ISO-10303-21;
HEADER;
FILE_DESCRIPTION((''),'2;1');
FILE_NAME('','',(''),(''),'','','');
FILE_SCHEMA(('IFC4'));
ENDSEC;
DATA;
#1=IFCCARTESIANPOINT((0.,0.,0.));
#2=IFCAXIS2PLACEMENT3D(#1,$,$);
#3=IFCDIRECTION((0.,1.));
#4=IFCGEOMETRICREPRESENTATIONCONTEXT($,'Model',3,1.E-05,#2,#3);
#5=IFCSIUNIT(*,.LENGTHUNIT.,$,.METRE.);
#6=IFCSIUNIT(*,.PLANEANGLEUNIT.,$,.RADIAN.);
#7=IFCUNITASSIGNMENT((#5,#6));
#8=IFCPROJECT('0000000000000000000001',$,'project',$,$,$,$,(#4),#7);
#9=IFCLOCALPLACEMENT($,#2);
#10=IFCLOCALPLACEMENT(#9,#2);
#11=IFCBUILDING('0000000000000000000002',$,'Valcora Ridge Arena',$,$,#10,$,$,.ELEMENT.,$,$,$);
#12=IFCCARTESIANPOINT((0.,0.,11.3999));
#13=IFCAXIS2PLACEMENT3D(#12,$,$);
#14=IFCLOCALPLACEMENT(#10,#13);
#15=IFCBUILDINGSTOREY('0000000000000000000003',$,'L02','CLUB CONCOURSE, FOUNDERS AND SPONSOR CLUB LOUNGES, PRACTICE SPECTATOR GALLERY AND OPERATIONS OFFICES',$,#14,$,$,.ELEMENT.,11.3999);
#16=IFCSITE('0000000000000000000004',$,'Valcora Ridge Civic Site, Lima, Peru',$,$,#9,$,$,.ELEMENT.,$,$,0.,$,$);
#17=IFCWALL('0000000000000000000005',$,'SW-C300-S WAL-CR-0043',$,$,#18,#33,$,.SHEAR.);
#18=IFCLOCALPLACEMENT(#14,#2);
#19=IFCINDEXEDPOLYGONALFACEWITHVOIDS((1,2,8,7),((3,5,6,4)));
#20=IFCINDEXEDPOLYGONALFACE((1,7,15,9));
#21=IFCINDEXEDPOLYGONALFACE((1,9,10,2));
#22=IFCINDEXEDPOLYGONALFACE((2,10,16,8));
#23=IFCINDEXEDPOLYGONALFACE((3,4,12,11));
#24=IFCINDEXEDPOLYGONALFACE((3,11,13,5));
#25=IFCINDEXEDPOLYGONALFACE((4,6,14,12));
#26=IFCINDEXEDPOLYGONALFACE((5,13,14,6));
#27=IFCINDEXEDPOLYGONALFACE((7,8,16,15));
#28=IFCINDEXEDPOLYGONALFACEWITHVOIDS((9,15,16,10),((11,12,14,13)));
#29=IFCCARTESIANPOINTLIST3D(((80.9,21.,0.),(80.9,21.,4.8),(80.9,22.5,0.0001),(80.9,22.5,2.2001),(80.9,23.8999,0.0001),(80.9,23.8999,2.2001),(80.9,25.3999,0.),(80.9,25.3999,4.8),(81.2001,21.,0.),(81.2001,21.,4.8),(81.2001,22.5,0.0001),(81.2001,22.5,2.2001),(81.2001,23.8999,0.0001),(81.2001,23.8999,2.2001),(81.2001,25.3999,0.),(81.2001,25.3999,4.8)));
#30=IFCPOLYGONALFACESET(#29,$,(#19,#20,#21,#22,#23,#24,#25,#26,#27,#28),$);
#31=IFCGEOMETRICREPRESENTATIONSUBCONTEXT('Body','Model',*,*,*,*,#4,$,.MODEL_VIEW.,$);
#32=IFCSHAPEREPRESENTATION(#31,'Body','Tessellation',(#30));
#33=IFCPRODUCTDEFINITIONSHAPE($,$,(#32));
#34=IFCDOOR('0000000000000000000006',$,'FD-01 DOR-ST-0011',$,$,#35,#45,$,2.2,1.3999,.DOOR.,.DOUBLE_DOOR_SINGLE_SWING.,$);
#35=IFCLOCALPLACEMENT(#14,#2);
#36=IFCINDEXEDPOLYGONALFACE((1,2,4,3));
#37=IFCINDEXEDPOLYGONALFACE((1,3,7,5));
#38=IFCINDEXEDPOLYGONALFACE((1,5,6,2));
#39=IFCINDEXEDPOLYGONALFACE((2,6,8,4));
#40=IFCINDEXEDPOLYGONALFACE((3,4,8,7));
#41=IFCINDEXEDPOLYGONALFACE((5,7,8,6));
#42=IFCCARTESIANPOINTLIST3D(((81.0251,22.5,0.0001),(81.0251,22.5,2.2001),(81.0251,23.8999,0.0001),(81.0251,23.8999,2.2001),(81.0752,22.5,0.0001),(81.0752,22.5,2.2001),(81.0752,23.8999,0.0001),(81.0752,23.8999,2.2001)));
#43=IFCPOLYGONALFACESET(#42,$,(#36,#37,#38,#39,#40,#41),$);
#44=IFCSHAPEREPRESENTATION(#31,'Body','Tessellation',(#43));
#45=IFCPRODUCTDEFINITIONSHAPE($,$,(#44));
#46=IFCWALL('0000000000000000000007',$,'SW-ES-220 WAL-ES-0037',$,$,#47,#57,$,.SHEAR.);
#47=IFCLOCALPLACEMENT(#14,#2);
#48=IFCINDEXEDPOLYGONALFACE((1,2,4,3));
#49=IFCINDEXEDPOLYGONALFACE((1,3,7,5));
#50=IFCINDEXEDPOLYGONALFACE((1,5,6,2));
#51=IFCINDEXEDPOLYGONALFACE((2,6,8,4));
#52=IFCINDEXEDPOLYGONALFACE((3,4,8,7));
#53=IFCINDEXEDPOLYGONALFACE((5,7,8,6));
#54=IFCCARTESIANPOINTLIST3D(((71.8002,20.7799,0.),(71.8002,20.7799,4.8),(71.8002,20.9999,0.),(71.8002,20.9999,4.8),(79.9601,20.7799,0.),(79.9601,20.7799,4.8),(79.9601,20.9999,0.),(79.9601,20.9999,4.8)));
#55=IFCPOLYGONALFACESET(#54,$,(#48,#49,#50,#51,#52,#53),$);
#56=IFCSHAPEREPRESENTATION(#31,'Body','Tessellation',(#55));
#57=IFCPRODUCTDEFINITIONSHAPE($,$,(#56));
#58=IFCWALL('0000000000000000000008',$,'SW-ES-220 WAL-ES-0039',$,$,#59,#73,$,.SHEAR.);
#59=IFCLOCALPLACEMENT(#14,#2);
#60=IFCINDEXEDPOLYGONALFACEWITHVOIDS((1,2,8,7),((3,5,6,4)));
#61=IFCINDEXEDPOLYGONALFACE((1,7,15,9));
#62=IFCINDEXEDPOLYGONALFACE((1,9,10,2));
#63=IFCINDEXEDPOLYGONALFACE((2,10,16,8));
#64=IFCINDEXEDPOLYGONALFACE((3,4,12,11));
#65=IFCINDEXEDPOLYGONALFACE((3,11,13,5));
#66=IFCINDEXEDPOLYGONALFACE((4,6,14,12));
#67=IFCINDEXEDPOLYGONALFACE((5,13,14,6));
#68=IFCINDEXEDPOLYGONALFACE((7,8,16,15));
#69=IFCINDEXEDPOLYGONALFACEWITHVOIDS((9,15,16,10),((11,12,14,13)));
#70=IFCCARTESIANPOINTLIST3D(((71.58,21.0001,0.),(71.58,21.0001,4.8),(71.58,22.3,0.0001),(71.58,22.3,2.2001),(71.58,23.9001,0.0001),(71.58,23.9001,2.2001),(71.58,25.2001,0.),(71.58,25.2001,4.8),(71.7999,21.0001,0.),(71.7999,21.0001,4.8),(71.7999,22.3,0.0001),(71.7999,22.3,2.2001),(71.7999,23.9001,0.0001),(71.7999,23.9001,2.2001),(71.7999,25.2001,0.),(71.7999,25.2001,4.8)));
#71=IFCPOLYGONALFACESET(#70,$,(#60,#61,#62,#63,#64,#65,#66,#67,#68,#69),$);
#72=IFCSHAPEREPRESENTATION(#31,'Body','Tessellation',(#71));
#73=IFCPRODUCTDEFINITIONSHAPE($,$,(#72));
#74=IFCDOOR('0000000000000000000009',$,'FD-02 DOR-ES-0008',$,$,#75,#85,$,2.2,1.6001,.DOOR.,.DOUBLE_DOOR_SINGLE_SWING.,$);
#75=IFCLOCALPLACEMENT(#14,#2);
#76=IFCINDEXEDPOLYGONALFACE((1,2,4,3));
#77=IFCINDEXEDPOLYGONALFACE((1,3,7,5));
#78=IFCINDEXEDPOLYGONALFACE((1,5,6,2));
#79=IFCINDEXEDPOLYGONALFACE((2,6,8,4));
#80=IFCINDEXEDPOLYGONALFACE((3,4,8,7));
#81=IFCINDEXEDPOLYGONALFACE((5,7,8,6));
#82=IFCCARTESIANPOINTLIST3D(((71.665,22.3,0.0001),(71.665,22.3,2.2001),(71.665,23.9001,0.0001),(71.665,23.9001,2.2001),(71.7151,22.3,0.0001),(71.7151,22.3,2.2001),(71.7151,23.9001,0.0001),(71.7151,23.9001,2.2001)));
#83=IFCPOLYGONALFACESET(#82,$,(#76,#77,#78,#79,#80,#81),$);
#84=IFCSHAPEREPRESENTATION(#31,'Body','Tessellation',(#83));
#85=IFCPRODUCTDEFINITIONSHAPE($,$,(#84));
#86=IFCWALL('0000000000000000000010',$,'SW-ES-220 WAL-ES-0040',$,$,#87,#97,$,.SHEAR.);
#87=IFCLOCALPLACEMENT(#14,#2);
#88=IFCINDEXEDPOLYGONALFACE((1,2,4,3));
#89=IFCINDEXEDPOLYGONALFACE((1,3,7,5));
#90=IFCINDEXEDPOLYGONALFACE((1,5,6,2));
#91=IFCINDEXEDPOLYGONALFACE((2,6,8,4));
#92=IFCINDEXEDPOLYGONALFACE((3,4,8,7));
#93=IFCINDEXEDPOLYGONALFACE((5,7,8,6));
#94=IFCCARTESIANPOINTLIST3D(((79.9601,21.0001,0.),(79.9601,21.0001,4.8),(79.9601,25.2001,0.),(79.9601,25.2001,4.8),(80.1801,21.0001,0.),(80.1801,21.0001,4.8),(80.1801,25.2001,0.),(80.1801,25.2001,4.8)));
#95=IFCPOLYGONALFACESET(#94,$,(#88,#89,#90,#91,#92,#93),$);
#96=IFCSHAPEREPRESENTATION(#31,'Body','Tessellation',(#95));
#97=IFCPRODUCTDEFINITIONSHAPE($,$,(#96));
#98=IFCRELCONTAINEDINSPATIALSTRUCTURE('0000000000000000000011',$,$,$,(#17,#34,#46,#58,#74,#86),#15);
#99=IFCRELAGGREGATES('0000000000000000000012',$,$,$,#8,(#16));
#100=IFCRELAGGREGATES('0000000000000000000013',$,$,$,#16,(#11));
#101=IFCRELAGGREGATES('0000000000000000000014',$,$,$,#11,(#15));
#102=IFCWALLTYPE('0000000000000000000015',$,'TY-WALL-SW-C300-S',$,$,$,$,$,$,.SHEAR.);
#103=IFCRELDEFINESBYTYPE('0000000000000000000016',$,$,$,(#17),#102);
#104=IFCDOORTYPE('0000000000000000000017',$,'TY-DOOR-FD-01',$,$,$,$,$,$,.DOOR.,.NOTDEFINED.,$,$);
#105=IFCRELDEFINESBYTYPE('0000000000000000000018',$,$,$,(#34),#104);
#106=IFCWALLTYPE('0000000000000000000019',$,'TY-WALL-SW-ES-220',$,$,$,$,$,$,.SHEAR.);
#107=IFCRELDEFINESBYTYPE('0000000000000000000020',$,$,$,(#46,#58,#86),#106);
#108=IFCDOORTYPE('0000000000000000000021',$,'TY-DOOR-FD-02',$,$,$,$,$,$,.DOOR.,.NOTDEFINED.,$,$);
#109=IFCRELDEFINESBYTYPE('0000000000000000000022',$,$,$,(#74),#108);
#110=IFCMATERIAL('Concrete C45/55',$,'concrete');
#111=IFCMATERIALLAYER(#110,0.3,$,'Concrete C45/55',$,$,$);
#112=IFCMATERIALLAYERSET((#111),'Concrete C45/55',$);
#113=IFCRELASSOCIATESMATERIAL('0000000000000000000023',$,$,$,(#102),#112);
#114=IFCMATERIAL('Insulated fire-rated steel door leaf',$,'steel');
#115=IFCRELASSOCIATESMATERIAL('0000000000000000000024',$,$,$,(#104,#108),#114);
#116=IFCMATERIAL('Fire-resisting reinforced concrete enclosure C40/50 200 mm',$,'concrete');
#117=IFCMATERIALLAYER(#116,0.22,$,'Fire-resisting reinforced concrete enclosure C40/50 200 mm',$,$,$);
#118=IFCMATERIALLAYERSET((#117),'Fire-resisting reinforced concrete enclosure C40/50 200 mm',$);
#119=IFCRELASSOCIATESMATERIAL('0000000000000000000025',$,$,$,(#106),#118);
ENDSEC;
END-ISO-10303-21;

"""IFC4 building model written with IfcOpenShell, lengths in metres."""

from ifc_helpers import new_model, si_unit, direction, frame, frame_2d, origin, place, context, subcontext, project, spatial, rectangle, extrude, material, layer, layer_set, type_object, element, fill, save


model = new_model("IFC4")

# Units and contexts
model_context = context("Model", 3, precision=1e-05, world=origin(), true_north=direction((0.0, 1.0)))
body_context = subcontext(model_context, "Body", "Model", "MODEL_VIEW")
ifc_project = project(units=[si_unit("LENGTHUNIT", "METRE"), si_unit("PLANEANGLEUNIT", "RADIAN")], contexts=[model_context])

# Site, building, storey
site_placement = place(None, origin())
site = spatial("IfcSite", under=ifc_project, at=site_placement, Name="Valcora Ridge Civic Site, Lima, Peru", CompositionType="ELEMENT", RefElevation=0.0)
building_placement = place(site_placement, origin())
building = spatial("IfcBuilding", under=site, at=building_placement, Name="Valcora Ridge Arena", CompositionType="ELEMENT")
storey_placement = place(building_placement, frame((0.0, 0.0, 11.3999)))
storey = spatial("IfcBuildingStorey", under=building, at=storey_placement, Name="L02", Description="CLUB CONCOURSE, FOUNDERS AND SPONSOR CLUB LOUNGES, PRACTICE SPECTATOR GALLERY AND OPERATIONS OFFICES", CompositionType="ELEMENT", Elevation=11.3999)

# Shared definitions
ifc_material_1 = material(Name="Concrete C45/55", Category="concrete")

# Wall, opening, door
ifc_layer_1 = layer(ifc_material_1, 0.3, Name="Concrete C45/55")
ifc_layer_set_1 = layer_set([ifc_layer_1], Name="Concrete C45/55")
wall_type_1 = type_object("IfcWallType", Name="TY-WALL-SW-C300-S", PredefinedType="SHEAR", material=ifc_layer_set_1)
wall_1_placement = place(storey_placement, frame((81.05, 21.0, 0.0), z_axis=(0.0, 0.0, 1.0), x_axis=(0.0, 1.0, 0.0)))
wall_1 = element("IfcWall", 1, at=wall_1_placement, inside=storey, type_object=wall_type_1, Name="SW-C300-S WAL-CR-0043", PredefinedType="SHEAR", context=body_context, shape_type="SweptSolid", body=[
    extrude(rectangle(XDim=4.3999, YDim=0.3, at=frame_2d((2.2, 0.0))), origin(), (0.0, 0.0, 1.0), 4.8),
])
opening_1_placement = place(wall_1_placement, frame((1.5, 0.0, 0.0)))
opening_1 = element("IfcOpeningElement", 2, at=opening_1_placement, cuts=wall_1, PredefinedType="OPENING", context=body_context, shape_type="SweptSolid", body=[
    extrude(rectangle(XDim=1.3999, YDim=2.2, at=frame_2d((0.7, 1.1001))), frame((0.0, 0.1599, 0.0), z_axis=(0.0, -1.0, 0.0), x_axis=(1.0, 0.0, 0.0)), (0.0, 0.0, 1.0), 0.3201),
])
ifc_material_2 = material(Name="Insulated fire-rated steel door leaf", Category="steel")
door_type_1 = type_object("IfcDoorType", Name="TY-DOOR-FD-01", OperationType="NOTDEFINED", PredefinedType="DOOR", material=ifc_material_2)
door_1_placement = place(opening_1_placement, origin())
door_1 = element("IfcDoor", 3, at=door_1_placement, inside=storey, type_object=door_type_1, Name="FD-01 DOR-ST-0011", OperationType="DOUBLE_DOOR_SINGLE_SWING", OverallHeight=2.2, OverallWidth=1.3999, PredefinedType="DOOR", context=body_context, shape_type="SweptSolid", body=[
    extrude(rectangle(XDim=1.3999, YDim=2.2, at=frame_2d((0.7, 1.1001))), frame((0.0, 0.0249, 0.0), z_axis=(0.0, -1.0, 0.0), x_axis=(1.0, 0.0, 0.0)), (0.0, 0.0, 1.0), 0.05),
])
fill(opening_1, door_1)

# Wall
ifc_material_3 = material(Name="Fire-resisting reinforced concrete enclosure C40/50 200 mm", Category="concrete")
ifc_layer_2 = layer(ifc_material_3, 0.22, Name="Fire-resisting reinforced concrete enclosure C40/50 200 mm")
ifc_layer_set_2 = layer_set([ifc_layer_2], Name="Fire-resisting reinforced concrete enclosure C40/50 200 mm")
wall_type_2 = type_object("IfcWallType", Name="TY-WALL-SW-ES-220", PredefinedType="SHEAR", material=ifc_layer_set_2)
wall_2_placement = place(storey_placement, frame((71.8, 20.8899, 0.0), z_axis=(0.0, 0.0, 1.0), x_axis=(1.0, 0.0, 0.0)))
element("IfcWall", 4, at=wall_2_placement, inside=storey, type_object=wall_type_2, Name="SW-ES-220 WAL-ES-0037", PredefinedType="SHEAR", context=body_context, shape_type="SweptSolid", body=[
    extrude(rectangle(XDim=8.1599, YDim=0.22, at=frame_2d((4.0801, 0.0))), origin(), (0.0, 0.0, 1.0), 4.8),
])

# Wall, opening, door
wall_3_placement = place(storey_placement, frame((71.6899, 21.0, 0.0), z_axis=(0.0, 0.0, 1.0), x_axis=(0.0, 1.0, 0.0)))
wall_3 = element("IfcWall", 5, at=wall_3_placement, inside=storey, type_object=wall_type_2, Name="SW-ES-220 WAL-ES-0039", PredefinedType="SHEAR", context=body_context, shape_type="SweptSolid", body=[
    extrude(rectangle(XDim=4.2, YDim=0.22, at=frame_2d((2.1001, 0.0))), origin(), (0.0, 0.0, 1.0), 4.8),
])
opening_2_placement = place(wall_3_placement, frame((1.3, 0.0, 0.0)))
opening_2 = element("IfcOpeningElement", 6, at=opening_2_placement, cuts=wall_3, PredefinedType="OPENING", context=body_context, shape_type="SweptSolid", body=[
    extrude(rectangle(XDim=1.6001, YDim=2.2, at=frame_2d((0.8, 1.1001))), frame((0.0, 0.1199, 0.0), z_axis=(0.0, -1.0, 0.0), x_axis=(1.0, 0.0, 0.0)), (0.0, 0.0, 1.0), 0.24),
])
door_type_2 = type_object("IfcDoorType", Name="TY-DOOR-FD-02", OperationType="NOTDEFINED", PredefinedType="DOOR", material=ifc_material_2)
door_2_placement = place(opening_2_placement, origin())
door_2 = element("IfcDoor", 7, at=door_2_placement, inside=storey, type_object=door_type_2, Name="FD-02 DOR-ES-0008", OperationType="DOUBLE_DOOR_SINGLE_SWING", OverallHeight=2.2, OverallWidth=1.6001, PredefinedType="DOOR", context=body_context, shape_type="SweptSolid", body=[
    extrude(rectangle(XDim=1.6001, YDim=2.2, at=frame_2d((0.8, 1.1001))), frame((0.0, 0.0249, 0.0), z_axis=(0.0, -1.0, 0.0), x_axis=(1.0, 0.0, 0.0)), (0.0, 0.0, 1.0), 0.05),
])
fill(opening_2, door_2)

# Wall
wall_4_placement = place(storey_placement, frame((80.0701, 21.0, 0.0), z_axis=(0.0, 0.0, 1.0), x_axis=(0.0, 1.0, 0.0)))
element("IfcWall", 8, at=wall_4_placement, inside=storey, type_object=wall_type_2, Name="SW-ES-220 WAL-ES-0040", PredefinedType="SHEAR", context=body_context, shape_type="SweptSolid", body=[
    extrude(rectangle(XDim=4.2, YDim=0.22, at=frame_2d((2.1001, 0.0))), origin(), (0.0, 0.0, 1.0), 4.8),
])

save(model, "model.ifc")
